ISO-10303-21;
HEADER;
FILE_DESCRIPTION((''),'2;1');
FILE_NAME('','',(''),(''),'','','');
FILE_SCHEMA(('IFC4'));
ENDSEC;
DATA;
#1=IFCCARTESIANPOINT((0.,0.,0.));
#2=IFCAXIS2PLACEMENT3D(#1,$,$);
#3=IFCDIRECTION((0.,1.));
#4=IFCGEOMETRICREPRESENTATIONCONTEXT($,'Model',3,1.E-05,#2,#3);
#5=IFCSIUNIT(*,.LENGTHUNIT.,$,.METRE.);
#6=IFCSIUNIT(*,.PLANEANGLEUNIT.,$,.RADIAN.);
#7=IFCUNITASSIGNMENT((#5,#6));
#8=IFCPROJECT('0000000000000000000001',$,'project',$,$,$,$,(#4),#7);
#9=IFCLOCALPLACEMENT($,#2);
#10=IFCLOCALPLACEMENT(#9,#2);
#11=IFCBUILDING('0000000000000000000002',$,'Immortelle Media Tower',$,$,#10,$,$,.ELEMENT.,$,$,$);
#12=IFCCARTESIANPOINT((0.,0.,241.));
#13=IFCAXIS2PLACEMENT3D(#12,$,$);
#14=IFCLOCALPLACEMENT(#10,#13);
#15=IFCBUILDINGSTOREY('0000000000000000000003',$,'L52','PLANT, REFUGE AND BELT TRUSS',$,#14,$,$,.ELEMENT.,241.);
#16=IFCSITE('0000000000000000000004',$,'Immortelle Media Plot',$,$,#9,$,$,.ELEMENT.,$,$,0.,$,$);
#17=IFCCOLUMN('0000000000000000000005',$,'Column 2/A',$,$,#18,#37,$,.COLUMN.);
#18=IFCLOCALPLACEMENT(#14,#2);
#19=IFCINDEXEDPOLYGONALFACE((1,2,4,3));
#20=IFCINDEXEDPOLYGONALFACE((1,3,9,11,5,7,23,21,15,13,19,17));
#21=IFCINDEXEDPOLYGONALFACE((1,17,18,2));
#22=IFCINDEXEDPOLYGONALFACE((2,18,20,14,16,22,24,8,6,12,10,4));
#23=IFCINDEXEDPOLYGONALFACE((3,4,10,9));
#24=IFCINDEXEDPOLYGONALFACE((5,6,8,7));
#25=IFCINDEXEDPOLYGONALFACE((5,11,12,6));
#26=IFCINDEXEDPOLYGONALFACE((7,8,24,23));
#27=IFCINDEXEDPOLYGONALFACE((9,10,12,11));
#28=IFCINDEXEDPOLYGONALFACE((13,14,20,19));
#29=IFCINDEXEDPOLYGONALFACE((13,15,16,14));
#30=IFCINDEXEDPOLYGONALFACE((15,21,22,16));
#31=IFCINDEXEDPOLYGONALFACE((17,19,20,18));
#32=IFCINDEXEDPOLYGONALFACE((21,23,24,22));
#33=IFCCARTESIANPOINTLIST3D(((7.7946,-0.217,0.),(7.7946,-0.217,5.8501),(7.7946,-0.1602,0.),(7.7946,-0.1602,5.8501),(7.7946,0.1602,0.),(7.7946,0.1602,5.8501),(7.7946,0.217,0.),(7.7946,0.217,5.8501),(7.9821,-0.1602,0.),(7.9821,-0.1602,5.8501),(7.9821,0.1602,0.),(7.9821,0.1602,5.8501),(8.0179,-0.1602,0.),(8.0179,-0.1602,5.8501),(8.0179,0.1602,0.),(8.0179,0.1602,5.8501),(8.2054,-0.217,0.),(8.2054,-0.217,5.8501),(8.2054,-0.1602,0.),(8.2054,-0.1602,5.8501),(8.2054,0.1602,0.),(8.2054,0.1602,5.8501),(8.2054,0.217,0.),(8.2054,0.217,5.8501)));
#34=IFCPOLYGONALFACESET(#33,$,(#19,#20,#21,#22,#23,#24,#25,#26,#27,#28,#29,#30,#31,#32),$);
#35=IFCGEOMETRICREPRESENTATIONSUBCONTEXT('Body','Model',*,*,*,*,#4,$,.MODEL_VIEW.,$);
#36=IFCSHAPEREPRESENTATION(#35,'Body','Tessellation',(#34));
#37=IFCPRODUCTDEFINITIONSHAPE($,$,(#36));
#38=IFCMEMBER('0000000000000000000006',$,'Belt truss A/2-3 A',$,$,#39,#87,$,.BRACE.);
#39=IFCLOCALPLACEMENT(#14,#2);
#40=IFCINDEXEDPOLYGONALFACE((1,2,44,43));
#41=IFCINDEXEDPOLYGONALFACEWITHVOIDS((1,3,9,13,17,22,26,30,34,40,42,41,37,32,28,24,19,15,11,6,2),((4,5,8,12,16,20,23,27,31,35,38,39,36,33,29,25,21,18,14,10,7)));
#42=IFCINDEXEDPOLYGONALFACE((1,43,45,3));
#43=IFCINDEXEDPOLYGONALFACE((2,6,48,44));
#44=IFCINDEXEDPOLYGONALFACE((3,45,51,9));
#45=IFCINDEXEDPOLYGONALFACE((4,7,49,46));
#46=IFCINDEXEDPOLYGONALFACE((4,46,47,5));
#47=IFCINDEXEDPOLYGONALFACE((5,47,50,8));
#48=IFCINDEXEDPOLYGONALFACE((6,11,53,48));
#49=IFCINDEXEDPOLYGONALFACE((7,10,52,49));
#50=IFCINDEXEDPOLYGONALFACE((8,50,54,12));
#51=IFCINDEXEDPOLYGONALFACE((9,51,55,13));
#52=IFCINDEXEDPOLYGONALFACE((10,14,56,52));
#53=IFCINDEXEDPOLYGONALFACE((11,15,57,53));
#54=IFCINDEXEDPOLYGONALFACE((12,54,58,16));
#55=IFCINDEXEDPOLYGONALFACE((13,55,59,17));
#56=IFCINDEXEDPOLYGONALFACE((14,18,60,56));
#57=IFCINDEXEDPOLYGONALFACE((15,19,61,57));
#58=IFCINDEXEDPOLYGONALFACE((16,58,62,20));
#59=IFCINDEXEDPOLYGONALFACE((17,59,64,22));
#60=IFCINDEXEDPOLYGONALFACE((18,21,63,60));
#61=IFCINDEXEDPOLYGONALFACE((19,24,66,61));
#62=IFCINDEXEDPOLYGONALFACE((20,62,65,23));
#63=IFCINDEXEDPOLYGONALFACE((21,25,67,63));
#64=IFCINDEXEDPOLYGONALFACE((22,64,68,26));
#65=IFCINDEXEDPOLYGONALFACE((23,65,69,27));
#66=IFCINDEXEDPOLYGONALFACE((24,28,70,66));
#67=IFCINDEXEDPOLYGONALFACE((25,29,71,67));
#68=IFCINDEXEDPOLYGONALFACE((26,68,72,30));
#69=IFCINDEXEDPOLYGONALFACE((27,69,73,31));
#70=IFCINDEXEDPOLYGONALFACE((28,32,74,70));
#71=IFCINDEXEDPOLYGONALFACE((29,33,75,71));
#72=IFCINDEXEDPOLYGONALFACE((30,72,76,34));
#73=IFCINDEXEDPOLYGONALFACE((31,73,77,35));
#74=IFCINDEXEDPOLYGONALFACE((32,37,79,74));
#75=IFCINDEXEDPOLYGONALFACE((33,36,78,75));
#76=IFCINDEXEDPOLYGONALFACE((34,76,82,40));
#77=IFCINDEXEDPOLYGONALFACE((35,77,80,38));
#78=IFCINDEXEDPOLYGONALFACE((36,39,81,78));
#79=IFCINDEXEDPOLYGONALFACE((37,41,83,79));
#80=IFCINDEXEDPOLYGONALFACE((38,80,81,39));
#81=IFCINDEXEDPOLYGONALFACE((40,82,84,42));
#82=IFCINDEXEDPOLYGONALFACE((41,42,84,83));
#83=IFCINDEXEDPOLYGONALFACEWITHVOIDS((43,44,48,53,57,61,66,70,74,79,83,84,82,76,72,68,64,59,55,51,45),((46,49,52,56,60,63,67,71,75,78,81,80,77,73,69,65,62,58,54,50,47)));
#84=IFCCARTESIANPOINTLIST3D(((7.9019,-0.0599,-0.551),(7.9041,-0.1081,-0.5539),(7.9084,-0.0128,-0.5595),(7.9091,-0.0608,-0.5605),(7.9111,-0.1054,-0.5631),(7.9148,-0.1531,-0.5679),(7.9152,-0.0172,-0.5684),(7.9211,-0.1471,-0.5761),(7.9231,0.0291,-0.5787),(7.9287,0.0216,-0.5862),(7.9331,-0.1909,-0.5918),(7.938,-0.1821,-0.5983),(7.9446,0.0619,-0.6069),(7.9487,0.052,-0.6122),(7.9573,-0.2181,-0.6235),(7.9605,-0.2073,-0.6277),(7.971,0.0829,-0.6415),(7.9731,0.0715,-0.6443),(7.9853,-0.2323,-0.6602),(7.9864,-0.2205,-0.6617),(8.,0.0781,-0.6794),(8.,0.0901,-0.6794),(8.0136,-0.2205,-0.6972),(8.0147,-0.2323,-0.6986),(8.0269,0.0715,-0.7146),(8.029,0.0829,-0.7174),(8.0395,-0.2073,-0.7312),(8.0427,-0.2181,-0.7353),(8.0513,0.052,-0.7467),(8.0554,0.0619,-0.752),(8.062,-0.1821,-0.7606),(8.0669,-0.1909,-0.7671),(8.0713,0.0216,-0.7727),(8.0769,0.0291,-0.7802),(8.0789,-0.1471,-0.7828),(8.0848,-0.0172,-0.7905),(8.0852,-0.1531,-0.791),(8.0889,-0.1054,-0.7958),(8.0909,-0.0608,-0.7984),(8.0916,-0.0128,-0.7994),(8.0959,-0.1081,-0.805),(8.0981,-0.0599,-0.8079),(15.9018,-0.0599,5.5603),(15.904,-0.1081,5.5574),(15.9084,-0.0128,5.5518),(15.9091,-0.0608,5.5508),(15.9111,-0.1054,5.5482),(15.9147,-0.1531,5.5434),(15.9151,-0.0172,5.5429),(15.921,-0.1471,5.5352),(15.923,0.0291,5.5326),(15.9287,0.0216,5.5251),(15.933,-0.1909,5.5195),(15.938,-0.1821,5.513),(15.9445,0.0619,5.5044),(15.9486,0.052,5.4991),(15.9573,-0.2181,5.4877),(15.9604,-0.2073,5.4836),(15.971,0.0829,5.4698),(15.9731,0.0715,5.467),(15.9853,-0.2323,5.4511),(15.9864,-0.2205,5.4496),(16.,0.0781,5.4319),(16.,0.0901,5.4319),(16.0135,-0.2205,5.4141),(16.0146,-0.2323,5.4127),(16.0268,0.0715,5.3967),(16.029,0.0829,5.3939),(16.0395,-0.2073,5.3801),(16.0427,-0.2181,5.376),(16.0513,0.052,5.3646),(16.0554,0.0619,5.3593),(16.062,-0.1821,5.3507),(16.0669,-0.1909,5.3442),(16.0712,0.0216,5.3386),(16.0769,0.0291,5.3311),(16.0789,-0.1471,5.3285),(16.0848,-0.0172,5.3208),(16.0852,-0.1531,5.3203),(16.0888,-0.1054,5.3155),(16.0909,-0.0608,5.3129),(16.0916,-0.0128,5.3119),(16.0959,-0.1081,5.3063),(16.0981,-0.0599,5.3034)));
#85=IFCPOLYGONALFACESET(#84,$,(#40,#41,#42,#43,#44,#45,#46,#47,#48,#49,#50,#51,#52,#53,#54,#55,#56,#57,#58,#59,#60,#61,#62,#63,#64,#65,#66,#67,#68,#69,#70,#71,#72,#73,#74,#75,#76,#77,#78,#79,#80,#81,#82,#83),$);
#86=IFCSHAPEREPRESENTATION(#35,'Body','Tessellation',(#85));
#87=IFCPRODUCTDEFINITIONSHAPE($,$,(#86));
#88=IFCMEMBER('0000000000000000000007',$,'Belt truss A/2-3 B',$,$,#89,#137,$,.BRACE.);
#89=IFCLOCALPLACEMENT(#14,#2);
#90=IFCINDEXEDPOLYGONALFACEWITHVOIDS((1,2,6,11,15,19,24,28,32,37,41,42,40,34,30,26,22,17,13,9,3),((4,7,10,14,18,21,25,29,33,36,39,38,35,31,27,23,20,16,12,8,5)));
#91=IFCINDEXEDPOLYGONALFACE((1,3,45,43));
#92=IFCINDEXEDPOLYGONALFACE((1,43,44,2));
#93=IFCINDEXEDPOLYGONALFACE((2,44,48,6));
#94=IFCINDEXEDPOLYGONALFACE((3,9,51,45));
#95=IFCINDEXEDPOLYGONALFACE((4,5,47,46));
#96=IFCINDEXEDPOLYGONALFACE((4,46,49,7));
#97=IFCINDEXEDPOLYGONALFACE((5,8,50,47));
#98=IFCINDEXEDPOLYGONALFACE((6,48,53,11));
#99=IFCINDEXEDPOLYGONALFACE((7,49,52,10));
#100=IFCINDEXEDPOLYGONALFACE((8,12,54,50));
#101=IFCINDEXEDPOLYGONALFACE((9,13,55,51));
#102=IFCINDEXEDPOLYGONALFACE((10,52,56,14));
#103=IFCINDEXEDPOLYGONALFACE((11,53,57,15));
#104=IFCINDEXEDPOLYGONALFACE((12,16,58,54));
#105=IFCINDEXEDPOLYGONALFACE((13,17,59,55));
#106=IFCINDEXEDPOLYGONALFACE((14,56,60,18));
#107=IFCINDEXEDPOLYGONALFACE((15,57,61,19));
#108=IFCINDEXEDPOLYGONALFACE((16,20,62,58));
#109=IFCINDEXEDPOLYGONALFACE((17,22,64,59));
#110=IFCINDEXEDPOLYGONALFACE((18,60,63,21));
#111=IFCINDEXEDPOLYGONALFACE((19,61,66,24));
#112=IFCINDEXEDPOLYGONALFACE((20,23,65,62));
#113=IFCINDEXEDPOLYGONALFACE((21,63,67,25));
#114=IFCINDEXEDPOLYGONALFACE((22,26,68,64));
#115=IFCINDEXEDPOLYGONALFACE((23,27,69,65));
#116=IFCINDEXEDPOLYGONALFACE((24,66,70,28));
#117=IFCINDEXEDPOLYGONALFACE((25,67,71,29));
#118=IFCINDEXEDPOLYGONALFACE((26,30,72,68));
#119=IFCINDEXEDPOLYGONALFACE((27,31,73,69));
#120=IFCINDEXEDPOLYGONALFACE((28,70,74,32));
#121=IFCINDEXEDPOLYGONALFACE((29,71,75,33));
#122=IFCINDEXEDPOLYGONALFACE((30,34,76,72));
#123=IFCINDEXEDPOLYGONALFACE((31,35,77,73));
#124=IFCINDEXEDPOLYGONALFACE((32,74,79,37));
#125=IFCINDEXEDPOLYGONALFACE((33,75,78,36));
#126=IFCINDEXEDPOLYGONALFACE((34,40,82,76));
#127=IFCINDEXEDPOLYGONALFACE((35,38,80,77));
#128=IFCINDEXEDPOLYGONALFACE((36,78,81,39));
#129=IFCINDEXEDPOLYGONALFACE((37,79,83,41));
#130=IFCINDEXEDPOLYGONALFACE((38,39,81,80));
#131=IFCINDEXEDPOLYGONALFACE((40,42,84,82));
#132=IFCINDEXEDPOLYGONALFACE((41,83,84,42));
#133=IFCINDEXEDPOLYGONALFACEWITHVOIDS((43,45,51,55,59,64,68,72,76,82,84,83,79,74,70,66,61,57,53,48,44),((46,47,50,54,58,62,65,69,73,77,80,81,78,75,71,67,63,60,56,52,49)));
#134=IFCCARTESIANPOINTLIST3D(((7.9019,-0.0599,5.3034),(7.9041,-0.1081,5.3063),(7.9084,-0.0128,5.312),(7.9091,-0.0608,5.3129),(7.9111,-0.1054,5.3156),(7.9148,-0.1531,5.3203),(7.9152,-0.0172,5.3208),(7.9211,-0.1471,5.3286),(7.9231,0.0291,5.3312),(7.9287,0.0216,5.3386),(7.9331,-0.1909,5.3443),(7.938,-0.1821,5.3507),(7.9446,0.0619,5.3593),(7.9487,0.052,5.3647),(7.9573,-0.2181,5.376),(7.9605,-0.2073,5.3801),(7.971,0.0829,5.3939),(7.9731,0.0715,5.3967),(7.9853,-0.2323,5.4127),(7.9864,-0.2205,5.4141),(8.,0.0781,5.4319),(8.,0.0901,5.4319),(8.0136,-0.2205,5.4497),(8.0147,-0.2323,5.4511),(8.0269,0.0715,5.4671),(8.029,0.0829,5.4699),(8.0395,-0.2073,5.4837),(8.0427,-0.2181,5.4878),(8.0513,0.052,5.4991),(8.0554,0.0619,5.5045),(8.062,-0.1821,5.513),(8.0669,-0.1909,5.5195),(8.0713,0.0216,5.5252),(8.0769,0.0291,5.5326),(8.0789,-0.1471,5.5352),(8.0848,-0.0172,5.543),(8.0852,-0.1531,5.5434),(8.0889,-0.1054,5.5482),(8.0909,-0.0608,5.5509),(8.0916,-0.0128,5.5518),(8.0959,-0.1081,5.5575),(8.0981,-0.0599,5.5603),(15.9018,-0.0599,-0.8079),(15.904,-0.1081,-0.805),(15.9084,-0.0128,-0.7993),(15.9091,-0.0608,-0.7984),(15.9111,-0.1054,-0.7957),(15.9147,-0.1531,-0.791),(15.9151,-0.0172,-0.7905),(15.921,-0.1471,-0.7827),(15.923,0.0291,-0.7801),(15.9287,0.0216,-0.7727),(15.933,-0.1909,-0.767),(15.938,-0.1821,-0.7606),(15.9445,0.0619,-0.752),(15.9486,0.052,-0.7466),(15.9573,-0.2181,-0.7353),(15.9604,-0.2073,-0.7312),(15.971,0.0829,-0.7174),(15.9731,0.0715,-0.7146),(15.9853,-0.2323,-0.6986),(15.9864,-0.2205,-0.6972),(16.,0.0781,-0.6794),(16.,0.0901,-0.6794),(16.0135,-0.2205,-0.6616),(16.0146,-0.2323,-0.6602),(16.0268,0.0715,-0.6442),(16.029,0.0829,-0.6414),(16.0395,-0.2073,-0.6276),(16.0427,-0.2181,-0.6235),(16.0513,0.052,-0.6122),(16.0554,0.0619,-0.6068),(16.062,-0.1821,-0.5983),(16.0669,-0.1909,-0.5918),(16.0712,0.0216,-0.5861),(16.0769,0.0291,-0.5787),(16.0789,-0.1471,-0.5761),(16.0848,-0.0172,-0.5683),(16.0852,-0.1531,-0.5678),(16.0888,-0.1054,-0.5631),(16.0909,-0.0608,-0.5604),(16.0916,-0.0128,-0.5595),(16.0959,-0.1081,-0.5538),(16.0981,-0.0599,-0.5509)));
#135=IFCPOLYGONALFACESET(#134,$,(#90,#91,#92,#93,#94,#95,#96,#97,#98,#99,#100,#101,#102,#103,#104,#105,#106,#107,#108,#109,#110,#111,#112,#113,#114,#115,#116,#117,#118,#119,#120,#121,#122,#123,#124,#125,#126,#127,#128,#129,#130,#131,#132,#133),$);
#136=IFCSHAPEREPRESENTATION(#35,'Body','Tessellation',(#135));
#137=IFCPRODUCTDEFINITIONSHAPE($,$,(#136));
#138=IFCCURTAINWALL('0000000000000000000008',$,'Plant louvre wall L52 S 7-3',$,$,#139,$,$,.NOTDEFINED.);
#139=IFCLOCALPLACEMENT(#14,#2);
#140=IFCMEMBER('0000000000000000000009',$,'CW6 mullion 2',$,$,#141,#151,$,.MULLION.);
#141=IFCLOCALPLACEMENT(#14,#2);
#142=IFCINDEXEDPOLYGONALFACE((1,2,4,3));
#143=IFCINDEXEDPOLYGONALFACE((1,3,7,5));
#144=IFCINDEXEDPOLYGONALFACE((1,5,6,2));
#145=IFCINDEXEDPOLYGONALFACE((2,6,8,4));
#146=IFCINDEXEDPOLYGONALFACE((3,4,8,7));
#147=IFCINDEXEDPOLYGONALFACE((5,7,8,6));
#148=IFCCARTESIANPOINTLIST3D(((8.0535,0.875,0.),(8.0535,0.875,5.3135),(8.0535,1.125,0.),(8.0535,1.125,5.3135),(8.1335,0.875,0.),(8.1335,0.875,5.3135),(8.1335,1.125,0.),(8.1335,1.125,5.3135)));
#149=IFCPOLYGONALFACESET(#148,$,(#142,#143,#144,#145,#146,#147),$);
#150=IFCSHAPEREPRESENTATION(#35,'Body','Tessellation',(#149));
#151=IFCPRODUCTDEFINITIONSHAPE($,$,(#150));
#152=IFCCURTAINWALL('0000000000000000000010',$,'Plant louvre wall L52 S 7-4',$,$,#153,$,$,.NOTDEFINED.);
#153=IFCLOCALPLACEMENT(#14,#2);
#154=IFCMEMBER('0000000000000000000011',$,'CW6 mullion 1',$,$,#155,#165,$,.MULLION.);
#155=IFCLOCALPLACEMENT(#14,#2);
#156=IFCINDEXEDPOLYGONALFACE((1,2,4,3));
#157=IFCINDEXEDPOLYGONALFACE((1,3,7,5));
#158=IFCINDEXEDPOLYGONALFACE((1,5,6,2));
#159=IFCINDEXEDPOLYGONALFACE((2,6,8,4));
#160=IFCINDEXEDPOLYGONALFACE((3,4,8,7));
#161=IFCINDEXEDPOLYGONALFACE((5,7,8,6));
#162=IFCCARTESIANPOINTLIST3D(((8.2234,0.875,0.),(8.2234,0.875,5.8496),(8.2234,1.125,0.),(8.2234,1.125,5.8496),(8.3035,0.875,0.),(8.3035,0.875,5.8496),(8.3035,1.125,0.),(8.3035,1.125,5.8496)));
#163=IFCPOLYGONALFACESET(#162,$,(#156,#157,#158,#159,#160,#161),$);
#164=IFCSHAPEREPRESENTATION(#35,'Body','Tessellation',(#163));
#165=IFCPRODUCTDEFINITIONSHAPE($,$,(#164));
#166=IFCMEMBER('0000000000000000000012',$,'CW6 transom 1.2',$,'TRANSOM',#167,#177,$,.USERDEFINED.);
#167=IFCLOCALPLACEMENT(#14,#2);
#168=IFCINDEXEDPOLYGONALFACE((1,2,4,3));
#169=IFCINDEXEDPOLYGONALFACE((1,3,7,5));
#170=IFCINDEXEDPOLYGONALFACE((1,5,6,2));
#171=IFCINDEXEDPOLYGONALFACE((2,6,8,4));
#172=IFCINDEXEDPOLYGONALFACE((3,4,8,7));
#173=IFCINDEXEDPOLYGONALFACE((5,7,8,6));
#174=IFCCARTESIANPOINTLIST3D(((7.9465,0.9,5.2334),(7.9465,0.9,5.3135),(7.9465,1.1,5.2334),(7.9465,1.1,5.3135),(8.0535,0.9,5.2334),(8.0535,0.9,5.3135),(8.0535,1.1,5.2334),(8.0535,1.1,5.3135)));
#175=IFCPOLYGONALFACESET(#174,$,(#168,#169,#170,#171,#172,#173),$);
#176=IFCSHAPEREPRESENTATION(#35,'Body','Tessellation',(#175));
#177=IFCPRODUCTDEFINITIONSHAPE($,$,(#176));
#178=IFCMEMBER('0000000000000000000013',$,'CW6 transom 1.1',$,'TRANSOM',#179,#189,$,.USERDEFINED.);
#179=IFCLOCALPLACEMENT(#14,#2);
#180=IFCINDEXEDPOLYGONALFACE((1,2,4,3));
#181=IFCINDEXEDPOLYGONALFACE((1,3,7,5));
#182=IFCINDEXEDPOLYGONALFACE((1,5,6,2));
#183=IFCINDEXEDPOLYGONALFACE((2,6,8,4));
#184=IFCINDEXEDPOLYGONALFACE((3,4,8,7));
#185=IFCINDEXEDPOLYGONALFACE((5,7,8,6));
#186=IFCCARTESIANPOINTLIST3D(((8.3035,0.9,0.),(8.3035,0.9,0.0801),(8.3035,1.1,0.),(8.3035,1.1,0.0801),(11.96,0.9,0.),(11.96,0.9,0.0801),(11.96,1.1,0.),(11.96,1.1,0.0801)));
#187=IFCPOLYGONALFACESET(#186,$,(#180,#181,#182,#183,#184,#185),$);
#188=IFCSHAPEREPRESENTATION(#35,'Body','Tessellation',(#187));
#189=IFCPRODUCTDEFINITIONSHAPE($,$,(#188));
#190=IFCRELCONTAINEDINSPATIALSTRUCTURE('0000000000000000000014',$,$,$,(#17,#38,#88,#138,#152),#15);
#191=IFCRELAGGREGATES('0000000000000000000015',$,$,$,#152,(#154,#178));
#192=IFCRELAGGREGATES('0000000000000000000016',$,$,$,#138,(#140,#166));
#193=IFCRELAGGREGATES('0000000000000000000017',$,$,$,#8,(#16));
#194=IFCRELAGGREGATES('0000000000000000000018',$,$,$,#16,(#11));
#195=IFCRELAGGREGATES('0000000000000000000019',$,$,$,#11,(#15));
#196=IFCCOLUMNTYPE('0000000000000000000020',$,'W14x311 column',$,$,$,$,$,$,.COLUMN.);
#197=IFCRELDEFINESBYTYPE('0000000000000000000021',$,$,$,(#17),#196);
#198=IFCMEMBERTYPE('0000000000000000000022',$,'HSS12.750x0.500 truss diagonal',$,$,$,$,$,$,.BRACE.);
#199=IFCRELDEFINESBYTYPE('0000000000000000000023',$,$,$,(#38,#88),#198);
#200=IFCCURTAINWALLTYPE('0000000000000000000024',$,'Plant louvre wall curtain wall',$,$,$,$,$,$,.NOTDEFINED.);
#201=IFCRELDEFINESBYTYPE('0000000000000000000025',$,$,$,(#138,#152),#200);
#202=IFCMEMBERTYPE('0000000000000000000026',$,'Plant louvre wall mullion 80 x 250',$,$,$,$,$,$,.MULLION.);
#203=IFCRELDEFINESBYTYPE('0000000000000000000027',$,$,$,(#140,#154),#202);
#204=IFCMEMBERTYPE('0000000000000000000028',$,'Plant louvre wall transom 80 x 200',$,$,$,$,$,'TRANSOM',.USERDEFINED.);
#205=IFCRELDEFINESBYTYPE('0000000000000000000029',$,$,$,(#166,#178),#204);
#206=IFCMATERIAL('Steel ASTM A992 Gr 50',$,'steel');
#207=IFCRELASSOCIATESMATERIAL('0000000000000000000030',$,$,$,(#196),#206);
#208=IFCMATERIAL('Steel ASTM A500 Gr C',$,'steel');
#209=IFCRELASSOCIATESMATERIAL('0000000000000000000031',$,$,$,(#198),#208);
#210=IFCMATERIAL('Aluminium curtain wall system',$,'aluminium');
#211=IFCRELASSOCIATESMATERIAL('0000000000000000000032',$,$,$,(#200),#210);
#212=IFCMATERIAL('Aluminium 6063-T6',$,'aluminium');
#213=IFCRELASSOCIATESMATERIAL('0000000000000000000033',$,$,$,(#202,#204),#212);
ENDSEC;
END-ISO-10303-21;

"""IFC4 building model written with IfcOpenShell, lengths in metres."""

from ifc_helpers import new_model, si_unit, direction, frame, origin, origin_2d, place, context, subcontext, project, spatial, rectangle, hollow_circle, i_section, extrude, material, material_profile, profile_set, type_object, element, aggregate, save


model = new_model("IFC4")

# Units and contexts
model_context = context("Model", 3, precision=1e-05, world=origin(), true_north=direction((0.0, 1.0)))
body_context = subcontext(model_context, "Body", "Model", "MODEL_VIEW")
ifc_project = project(units=[si_unit("LENGTHUNIT", "METRE"), si_unit("PLANEANGLEUNIT", "RADIAN")], contexts=[model_context])

# Site, building, storey
site_placement = place(None, origin())
site = spatial("IfcSite", under=ifc_project, at=site_placement, Name="Immortelle Media Plot", CompositionType="ELEMENT", RefElevation=0.0)
building_placement = place(site_placement, origin())
building = spatial("IfcBuilding", under=site, at=building_placement, Name="Immortelle Media Tower", CompositionType="ELEMENT")
storey_placement = place(building_placement, frame((0.0, 0.0, 241.0)))
storey = spatial("IfcBuildingStorey", under=building, at=storey_placement, Name="L52", Description="PLANT, REFUGE AND BELT TRUSS", CompositionType="ELEMENT", Elevation=241.0)

# Column
ifc_material_1 = material(Name="Steel ASTM A992 Gr 50", Category="steel")
ifc_material_profile_1 = material_profile(ifc_material_1, i_section(OverallWidth=0.4109, OverallDepth=0.4341, WebThickness=0.0359, FlangeThickness=0.0569, at=origin_2d()), Name="W14x311")
ifc_profile_set_1 = profile_set([ifc_material_profile_1], Name="Steel ASTM A992 Gr 50")
column_type = type_object("IfcColumnType", Name="W14x311 column", PredefinedType="COLUMN", material=ifc_profile_set_1)
column_placement = place(storey_placement, frame((8.0, 0.0, 0.0), z_axis=(0.0, 0.0, 1.0), x_axis=(1.0, 0.0, 0.0)))
element("IfcColumn", 1, at=column_placement, inside=storey, type_object=column_type, Name="Column 2/A", PredefinedType="COLUMN", context=body_context, shape_type="SweptSolid", body=[
    extrude(i_section(OverallWidth=0.4109, OverallDepth=0.4341, WebThickness=0.0359, FlangeThickness=0.0569, at=origin_2d()), origin(), (0.0, 0.0, 1.0), 5.8501),
])

# Members
ifc_material_2 = material(Name="Steel ASTM A500 Gr C", Category="steel")
ifc_material_profile_2 = material_profile(ifc_material_2, hollow_circle(Radius=0.1621, WallThickness=0.012, at=origin_2d()), Name="HSS12.750x0.500 truss diagonal")
ifc_profile_set_2 = profile_set([ifc_material_profile_2], Name="Steel ASTM A500 Gr C")
member_type_1 = type_object("IfcMemberType", Name="HSS12.750x0.500 truss diagonal", PredefinedType="BRACE", material=ifc_profile_set_2)
for number, where, z_axis, x_axis, name in (
    (2, (8.0, -0.072, -0.6794), (0.794661, 0.0, 0.607054), (0.0, 1.0, 0.0), "Belt truss A/2-3 A"),
    (3, (8.0, -0.072, 5.4319), (0.794661, 0.0, -0.607054), (0.0, 1.0, 0.0), "Belt truss A/2-3 B"),
):
    element("IfcMember", number, at=place(storey_placement, frame(where, z_axis=z_axis, x_axis=x_axis)), inside=storey, type_object=member_type_1, Name=name, PredefinedType="BRACE", context=body_context, shape_type="SweptSolid", body=[
        extrude(hollow_circle(Radius=0.1621, WallThickness=0.012, at=origin_2d()), origin(), (0.0, 0.0, 1.0), 10.0671),
    ])

# Curtain walls, members
ifc_material_3 = material(Name="Aluminium curtain wall system", Category="aluminium")
curtain_wall_type = type_object("IfcCurtainWallType", Name="Plant louvre wall curtain wall", PredefinedType="NOTDEFINED", material=ifc_material_3)
curtain_wall_1_placement = place(storey_placement, origin())
curtain_wall_1 = element("IfcCurtainWall", 4, at=curtain_wall_1_placement, inside=storey, type_object=curtain_wall_type, Name="Plant louvre wall L52 S 7-3", PredefinedType="NOTDEFINED")
ifc_material_4 = material(Name="Aluminium 6063-T6", Category="aluminium")
ifc_material_profile_3 = material_profile(ifc_material_4, rectangle(XDim=0.25, YDim=0.0801, at=origin_2d()), Name="AL 80x250")
ifc_profile_set_3 = profile_set([ifc_material_profile_3], Name="Aluminium 6063-T6")
member_type_2 = type_object("IfcMemberType", Name="Plant louvre wall mullion 80 x 250", PredefinedType="MULLION", material=ifc_profile_set_3)
member_1_placement = place(storey_placement, frame((8.0935, 1.0, 0.0), z_axis=(0.0, 0.0, 1.0), x_axis=(0.0, 1.0, 0.0)))
member_1 = element("IfcMember", 5, at=member_1_placement, type_object=member_type_2, Name="CW6 mullion 2", PredefinedType="MULLION", context=body_context, shape_type="SweptSolid", body=[
    extrude(rectangle(XDim=0.25, YDim=0.0801, at=origin_2d()), origin(), (0.0, 0.0, 1.0), 5.3135),
])
curtain_wall_2_placement = place(storey_placement, origin())
curtain_wall_2 = element("IfcCurtainWall", 6, at=curtain_wall_2_placement, inside=storey, type_object=curtain_wall_type, Name="Plant louvre wall L52 S 7-4", PredefinedType="NOTDEFINED")
member_2_placement = place(storey_placement, frame((8.2634, 1.0, 0.0), z_axis=(0.0, 0.0, 1.0), x_axis=(0.0, 1.0, 0.0)))
member_2 = element("IfcMember", 7, at=member_2_placement, type_object=member_type_2, Name="CW6 mullion 1", PredefinedType="MULLION", context=body_context, shape_type="SweptSolid", body=[
    extrude(rectangle(XDim=0.25, YDim=0.0801, at=origin_2d()), origin(), (0.0, 0.0, 1.0), 5.8496),
])

# Members
ifc_material_profile_4 = material_profile(ifc_material_4, rectangle(XDim=0.2, YDim=0.0801, at=origin_2d()), Name="AL 80x200")
ifc_profile_set_4 = profile_set([ifc_material_profile_4], Name="Aluminium 6063-T6")
member_type_3 = type_object("IfcMemberType", Name="Plant louvre wall transom 80 x 200", ElementType="TRANSOM", PredefinedType="USERDEFINED", material=ifc_profile_set_4)
member_3_placement = place(storey_placement, frame((7.9465, 1.0, 5.2734), z_axis=(1.0, 0.0, 0.0), x_axis=(0.0, 1.0, 0.0)))
member_3 = element("IfcMember", 8, at=member_3_placement, type_object=member_type_3, Name="CW6 transom 1.2", ObjectType="TRANSOM", PredefinedType="USERDEFINED", context=body_context, shape_type="SweptSolid", body=[
    extrude(rectangle(XDim=0.2, YDim=0.0801, at=origin_2d()), origin(), (0.0, 0.0, 1.0), 0.1069),
])
member_4_placement = place(storey_placement, frame((8.3035, 1.0, 0.04), z_axis=(1.0, 0.0, 0.0), x_axis=(0.0, 1.0, 0.0)))
member_4 = element("IfcMember", 9, at=member_4_placement, type_object=member_type_3, Name="CW6 transom 1.1", ObjectType="TRANSOM", PredefinedType="USERDEFINED", context=body_context, shape_type="SweptSolid", body=[
    extrude(rectangle(XDim=0.2, YDim=0.0801, at=origin_2d()), origin(), (0.0, 0.0, 1.0), 3.6565),
])
aggregate(curtain_wall_2, [member_2, member_4])

aggregate(curtain_wall_1, [member_1, member_3])

save(model, "model.ifc")
